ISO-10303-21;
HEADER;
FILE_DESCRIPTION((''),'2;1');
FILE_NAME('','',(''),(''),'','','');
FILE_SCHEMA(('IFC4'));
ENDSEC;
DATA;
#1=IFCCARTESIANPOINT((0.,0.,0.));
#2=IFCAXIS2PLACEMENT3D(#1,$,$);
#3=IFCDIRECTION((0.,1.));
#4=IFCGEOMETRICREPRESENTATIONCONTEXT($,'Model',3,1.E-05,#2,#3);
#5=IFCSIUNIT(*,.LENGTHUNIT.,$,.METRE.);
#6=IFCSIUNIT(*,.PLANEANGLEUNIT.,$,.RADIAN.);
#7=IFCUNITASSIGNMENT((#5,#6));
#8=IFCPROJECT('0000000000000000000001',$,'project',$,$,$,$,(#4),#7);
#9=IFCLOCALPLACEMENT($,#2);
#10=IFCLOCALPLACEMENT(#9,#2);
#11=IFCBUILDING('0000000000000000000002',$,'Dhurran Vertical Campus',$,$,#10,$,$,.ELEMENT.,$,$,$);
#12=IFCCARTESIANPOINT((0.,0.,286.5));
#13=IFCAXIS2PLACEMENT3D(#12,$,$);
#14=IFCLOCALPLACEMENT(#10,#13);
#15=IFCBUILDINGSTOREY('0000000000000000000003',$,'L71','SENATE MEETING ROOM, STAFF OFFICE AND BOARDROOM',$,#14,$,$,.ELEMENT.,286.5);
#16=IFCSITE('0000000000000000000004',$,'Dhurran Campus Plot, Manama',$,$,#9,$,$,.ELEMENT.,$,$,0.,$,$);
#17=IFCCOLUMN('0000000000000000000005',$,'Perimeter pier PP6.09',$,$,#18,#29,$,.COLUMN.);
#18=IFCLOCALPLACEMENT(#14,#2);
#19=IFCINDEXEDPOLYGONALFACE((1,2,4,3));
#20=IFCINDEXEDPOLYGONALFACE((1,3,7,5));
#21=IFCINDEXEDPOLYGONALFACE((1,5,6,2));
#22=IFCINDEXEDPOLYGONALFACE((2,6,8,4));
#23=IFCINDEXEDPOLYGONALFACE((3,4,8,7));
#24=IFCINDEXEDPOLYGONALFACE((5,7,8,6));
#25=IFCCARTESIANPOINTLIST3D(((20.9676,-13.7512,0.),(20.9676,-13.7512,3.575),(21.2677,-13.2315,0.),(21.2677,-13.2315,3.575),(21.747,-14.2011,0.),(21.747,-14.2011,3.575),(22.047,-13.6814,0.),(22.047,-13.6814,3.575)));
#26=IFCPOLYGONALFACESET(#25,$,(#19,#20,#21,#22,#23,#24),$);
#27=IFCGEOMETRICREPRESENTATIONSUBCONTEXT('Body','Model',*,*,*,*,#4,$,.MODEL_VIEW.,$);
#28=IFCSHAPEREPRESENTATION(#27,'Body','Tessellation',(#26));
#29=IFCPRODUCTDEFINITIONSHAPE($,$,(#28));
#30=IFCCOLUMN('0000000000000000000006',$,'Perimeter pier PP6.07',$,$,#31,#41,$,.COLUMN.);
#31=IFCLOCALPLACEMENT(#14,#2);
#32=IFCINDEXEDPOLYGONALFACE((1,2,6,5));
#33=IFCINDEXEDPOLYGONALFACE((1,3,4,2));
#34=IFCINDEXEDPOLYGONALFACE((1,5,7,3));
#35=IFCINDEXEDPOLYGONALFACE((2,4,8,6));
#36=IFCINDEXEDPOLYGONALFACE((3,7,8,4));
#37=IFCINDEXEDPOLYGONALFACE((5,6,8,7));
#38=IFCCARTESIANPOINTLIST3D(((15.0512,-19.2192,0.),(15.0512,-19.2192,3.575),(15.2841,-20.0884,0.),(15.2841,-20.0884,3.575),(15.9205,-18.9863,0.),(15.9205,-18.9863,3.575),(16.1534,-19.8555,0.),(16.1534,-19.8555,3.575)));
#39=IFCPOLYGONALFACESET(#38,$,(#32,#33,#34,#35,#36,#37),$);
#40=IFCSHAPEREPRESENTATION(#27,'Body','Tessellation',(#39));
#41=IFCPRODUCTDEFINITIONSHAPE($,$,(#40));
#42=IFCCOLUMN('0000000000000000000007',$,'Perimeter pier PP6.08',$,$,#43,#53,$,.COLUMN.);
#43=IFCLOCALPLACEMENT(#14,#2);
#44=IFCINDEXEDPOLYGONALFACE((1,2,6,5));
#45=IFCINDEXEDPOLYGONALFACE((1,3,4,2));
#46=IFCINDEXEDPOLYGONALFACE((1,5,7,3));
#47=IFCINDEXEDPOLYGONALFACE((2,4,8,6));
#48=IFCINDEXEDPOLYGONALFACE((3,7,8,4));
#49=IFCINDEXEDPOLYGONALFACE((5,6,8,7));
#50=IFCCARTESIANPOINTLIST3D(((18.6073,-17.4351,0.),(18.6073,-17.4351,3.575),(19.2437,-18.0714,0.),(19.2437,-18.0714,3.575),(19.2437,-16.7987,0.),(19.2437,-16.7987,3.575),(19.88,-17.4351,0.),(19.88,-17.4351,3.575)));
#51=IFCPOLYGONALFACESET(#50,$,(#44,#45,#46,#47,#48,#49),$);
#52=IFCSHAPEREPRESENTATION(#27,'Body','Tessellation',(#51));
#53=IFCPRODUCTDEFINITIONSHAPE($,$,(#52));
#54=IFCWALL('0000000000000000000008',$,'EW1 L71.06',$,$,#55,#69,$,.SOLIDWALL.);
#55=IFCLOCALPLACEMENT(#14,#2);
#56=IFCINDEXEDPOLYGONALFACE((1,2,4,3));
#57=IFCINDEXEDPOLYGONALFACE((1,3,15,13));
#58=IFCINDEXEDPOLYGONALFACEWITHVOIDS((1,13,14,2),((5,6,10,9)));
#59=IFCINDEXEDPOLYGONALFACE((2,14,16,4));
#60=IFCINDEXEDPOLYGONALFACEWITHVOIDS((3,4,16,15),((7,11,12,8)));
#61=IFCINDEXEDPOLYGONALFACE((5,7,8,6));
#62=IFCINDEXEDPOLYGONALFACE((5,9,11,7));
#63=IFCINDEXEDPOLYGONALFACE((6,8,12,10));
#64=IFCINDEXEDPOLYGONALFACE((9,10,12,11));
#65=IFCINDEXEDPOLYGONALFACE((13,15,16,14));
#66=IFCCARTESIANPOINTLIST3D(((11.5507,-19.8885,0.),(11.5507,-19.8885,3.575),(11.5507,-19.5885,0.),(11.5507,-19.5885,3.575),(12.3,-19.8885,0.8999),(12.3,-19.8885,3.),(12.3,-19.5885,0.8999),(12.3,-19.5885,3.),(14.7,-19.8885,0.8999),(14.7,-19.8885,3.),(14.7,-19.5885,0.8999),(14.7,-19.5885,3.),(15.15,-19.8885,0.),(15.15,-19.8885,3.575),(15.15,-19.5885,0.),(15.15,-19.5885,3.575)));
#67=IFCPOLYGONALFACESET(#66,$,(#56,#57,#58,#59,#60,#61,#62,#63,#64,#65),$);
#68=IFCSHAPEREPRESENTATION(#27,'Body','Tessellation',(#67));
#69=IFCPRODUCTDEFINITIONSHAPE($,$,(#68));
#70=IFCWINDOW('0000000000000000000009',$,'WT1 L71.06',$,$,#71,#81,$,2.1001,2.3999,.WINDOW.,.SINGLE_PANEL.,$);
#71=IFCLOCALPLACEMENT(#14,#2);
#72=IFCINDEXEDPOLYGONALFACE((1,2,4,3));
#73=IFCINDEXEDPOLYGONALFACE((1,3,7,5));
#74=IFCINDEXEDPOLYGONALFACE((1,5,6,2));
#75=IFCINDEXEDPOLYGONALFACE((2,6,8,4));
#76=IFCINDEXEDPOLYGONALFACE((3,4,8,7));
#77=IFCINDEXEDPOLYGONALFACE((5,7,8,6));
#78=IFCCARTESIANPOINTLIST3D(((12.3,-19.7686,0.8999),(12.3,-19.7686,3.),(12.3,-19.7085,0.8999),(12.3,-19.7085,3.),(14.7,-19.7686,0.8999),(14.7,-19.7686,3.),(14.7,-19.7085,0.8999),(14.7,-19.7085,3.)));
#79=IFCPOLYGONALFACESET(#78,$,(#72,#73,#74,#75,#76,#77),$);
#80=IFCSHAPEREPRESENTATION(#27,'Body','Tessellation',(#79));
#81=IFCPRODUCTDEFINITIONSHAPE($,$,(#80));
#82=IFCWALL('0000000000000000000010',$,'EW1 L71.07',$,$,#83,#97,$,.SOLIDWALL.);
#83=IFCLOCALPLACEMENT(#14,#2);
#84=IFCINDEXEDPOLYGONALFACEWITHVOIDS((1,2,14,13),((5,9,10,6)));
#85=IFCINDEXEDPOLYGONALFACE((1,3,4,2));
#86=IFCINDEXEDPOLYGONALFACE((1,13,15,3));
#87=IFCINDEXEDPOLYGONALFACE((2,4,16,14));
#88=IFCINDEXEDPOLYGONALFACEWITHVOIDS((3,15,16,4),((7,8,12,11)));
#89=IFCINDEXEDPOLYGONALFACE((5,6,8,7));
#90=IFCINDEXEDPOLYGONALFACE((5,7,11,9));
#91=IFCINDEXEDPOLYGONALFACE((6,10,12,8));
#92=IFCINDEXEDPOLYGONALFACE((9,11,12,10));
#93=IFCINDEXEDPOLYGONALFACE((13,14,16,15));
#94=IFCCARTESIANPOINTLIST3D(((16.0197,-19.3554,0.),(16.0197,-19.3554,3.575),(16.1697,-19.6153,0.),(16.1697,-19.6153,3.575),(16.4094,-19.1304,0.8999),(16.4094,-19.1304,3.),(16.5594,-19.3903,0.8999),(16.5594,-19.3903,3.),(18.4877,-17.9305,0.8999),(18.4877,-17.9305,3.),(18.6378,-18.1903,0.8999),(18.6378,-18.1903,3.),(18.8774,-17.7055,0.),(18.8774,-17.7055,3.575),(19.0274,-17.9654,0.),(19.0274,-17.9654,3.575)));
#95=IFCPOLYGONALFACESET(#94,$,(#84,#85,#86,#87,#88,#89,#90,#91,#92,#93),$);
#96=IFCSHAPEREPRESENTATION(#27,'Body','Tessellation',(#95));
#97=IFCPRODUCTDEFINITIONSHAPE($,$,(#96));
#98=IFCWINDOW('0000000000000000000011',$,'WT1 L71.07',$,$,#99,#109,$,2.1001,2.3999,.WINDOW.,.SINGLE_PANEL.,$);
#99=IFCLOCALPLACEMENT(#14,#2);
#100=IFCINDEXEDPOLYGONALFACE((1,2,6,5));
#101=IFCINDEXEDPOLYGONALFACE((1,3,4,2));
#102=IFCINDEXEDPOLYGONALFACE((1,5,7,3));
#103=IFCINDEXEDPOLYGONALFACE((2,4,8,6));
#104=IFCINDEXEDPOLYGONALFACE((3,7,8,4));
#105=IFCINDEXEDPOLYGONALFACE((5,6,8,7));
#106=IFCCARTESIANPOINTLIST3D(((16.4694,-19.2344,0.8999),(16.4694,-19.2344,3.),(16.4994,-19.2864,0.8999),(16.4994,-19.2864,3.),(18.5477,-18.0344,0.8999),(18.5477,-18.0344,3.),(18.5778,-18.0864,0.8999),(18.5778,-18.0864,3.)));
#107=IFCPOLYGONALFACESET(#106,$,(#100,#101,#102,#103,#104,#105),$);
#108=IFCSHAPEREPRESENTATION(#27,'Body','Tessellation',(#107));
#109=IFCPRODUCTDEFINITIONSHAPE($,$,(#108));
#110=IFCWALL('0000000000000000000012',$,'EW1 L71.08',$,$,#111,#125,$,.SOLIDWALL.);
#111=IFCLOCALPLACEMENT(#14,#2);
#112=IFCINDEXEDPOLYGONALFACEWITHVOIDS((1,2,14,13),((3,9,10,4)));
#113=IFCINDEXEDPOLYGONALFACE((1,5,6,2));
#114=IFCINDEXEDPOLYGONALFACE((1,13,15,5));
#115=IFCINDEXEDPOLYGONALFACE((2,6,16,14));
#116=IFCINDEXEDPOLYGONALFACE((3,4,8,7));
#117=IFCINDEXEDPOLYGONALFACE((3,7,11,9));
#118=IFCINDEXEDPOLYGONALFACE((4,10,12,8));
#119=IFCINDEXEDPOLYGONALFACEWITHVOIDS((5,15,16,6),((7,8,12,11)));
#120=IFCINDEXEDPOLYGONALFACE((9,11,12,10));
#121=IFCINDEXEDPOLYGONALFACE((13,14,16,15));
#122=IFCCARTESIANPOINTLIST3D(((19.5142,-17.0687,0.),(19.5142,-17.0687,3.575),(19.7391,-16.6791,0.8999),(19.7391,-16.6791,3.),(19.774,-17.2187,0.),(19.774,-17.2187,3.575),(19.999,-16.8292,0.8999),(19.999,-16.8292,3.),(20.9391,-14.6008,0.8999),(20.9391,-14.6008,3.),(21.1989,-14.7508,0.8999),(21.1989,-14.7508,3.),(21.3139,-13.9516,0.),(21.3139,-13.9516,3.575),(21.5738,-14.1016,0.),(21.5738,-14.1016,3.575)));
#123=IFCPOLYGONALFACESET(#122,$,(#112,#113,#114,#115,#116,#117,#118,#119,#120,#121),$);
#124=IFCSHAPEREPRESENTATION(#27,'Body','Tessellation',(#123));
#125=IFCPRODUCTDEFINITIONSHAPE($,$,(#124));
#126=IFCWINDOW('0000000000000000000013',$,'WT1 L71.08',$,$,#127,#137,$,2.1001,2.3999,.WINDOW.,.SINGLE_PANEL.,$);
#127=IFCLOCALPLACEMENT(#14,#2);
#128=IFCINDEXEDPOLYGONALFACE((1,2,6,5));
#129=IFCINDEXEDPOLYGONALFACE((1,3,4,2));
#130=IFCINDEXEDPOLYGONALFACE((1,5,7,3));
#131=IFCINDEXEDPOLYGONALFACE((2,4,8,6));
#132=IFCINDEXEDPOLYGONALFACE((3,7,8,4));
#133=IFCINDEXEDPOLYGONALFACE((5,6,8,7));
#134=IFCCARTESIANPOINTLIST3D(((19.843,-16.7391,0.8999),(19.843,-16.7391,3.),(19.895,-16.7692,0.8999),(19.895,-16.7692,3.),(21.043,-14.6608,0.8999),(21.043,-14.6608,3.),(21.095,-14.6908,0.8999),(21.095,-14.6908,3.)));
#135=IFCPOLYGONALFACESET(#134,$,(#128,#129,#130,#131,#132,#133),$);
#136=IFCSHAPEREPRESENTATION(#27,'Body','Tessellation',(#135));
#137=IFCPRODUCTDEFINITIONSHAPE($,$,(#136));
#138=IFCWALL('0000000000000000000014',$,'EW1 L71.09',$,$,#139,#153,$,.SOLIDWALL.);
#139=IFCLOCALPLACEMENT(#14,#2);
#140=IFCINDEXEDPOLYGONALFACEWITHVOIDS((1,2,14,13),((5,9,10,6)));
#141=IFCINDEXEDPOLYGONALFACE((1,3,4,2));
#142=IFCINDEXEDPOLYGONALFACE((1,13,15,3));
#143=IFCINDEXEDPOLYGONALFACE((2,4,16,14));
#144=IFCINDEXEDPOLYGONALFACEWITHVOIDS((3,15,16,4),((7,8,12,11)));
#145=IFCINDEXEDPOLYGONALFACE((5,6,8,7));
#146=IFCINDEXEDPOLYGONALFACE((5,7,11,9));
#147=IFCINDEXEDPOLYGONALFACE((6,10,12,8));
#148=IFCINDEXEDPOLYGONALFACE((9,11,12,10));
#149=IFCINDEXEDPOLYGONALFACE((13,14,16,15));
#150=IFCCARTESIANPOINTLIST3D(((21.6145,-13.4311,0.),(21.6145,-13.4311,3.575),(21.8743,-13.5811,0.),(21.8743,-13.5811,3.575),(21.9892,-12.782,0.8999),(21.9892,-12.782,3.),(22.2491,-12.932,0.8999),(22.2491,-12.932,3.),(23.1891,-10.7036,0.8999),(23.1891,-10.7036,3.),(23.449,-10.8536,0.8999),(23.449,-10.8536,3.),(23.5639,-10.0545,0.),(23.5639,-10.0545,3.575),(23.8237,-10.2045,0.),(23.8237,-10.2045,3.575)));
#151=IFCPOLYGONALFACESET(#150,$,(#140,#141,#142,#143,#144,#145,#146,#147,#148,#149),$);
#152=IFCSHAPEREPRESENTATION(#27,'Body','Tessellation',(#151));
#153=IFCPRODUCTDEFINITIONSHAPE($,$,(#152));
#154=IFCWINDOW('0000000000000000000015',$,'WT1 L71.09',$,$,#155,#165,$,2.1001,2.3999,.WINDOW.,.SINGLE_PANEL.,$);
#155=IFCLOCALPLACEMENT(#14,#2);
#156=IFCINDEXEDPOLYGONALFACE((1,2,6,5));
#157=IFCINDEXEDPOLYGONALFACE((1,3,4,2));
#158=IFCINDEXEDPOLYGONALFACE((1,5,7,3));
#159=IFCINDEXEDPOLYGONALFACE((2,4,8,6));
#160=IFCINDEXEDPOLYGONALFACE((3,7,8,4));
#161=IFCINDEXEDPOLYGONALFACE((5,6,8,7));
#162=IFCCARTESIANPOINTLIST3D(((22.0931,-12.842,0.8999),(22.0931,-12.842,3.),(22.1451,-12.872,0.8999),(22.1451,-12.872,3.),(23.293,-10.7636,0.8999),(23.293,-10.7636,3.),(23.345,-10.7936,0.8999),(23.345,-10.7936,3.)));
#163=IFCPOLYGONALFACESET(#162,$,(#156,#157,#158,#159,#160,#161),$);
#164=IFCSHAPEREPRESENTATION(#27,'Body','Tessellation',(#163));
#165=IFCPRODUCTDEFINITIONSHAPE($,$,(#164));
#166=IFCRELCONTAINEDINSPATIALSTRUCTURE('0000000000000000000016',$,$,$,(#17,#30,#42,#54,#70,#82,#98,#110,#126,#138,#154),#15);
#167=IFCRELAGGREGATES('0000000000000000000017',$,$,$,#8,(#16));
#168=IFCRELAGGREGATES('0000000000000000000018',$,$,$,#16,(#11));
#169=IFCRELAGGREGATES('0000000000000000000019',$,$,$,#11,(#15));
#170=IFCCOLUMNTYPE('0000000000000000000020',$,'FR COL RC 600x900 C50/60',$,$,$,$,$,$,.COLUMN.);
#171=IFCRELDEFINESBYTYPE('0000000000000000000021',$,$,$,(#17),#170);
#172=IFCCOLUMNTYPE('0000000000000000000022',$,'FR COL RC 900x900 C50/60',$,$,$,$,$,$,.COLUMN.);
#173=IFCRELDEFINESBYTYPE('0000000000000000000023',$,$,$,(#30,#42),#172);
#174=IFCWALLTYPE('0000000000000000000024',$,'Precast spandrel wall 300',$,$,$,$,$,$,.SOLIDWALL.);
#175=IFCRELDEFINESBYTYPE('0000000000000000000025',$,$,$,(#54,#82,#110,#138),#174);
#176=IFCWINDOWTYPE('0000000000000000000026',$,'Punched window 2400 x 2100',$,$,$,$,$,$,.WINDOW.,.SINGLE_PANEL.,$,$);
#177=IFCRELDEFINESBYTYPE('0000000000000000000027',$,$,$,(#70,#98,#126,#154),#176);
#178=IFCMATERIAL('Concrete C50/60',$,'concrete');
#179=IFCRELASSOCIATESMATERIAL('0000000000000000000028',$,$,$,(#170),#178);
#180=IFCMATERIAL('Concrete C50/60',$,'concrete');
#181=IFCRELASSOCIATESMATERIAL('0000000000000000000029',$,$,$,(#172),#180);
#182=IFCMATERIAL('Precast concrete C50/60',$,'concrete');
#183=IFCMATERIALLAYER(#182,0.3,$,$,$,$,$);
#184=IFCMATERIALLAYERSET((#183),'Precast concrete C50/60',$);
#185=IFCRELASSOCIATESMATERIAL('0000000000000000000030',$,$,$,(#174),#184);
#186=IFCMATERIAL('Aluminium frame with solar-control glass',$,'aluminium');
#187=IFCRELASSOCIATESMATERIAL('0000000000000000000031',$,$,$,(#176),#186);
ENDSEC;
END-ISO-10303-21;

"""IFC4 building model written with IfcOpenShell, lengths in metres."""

from ifc_helpers import new_model, si_unit, direction, frame, frame_2d, origin, origin_2d, place, context, subcontext, project, spatial, rectangle, extrude, material, layer, layer_set, material_profile, profile_set, type_object, element, fill, save


model = new_model("IFC4")

# Units and contexts
model_context = context("Model", 3, precision=1e-05, world=origin(), true_north=direction((0.0, 1.0)))
body_context = subcontext(model_context, "Body", "Model", "MODEL_VIEW")
ifc_project = project(units=[si_unit("LENGTHUNIT", "METRE"), si_unit("PLANEANGLEUNIT", "RADIAN")], contexts=[model_context])

# Site, building, storey
site_placement = place(None, origin())
site = spatial("IfcSite", under=ifc_project, at=site_placement, Name="Dhurran Campus Plot, Manama", CompositionType="ELEMENT", RefElevation=0.0)
building_placement = place(site_placement, origin())
building = spatial("IfcBuilding", under=site, at=building_placement, Name="Dhurran Vertical Campus", CompositionType="ELEMENT")
storey_placement = place(building_placement, frame((0.0, 0.0, 286.5)))
storey = spatial("IfcBuildingStorey", under=building, at=storey_placement, Name="L71", Description="SENATE MEETING ROOM, STAFF OFFICE AND BOARDROOM", CompositionType="ELEMENT", Elevation=286.5)

# Columns
ifc_material_1 = material(Name="Concrete C50/60", Category="concrete")
ifc_material_profile_1 = material_profile(ifc_material_1, rectangle(XDim=0.6001, YDim=0.8999, at=origin_2d()), Name="RC 600x900")
ifc_profile_set_1 = profile_set([ifc_material_profile_1], Name="Concrete C50/60")
column_type_1 = type_object("IfcColumnType", Name="FR COL RC 600x900 C50/60", PredefinedType="COLUMN", material=ifc_profile_set_1)
column_placement = place(storey_placement, frame((21.5073, -13.7163, 0.0), z_axis=(0.0, 0.0, 1.0), x_axis=(0.5, 0.866025, 0.0)))
element("IfcColumn", 1, at=column_placement, inside=storey, type_object=column_type_1, Name="Perimeter pier PP6.09", PredefinedType="COLUMN", context=body_context, shape_type="SweptSolid", body=[
    extrude(rectangle(XDim=0.6001, YDim=0.8999, at=origin_2d()), origin(), (0.0, 0.0, 1.0), 3.575),
])
ifc_material_2 = material(Name="Concrete C50/60", Category="concrete")
ifc_material_profile_2 = material_profile(ifc_material_2, rectangle(XDim=0.8999, YDim=0.8999, at=origin_2d()), Name="RC 900x900")
ifc_profile_set_2 = profile_set([ifc_material_profile_2], Name="Concrete C50/60")
column_type_2 = type_object("IfcColumnType", Name="FR COL RC 900x900 C50/60", PredefinedType="COLUMN", material=ifc_profile_set_2)
for number, where, z_axis, x_axis, name in (
    (2, (15.6023, -19.5374, 0.0), (0.0, 0.0, 1.0), (0.965926, 0.258819, 0.0), "Perimeter pier PP6.07"),
    (3, (19.2437, -17.4351, 0.0), (0.0, 0.0, 1.0), (0.707107, 0.707107, 0.0), "Perimeter pier PP6.08"),
):
    element("IfcColumn", number, at=place(storey_placement, frame(where, z_axis=z_axis, x_axis=x_axis)), inside=storey, type_object=column_type_2, Name=name, PredefinedType="COLUMN", context=body_context, shape_type="SweptSolid", body=[
        extrude(rectangle(XDim=0.8999, YDim=0.8999, at=origin_2d()), origin(), (0.0, 0.0, 1.0), 3.575),
    ])

# Walls, openings, windows
ifc_material_3 = material(Name="Precast concrete C50/60", Category="concrete")
ifc_layer_1 = layer(ifc_material_3, 0.3)
ifc_layer_set_1 = layer_set([ifc_layer_1], Name="Precast concrete C50/60")
wall_type_1 = type_object("IfcWallType", Name="Precast spandrel wall 300", PredefinedType="SOLIDWALL", material=ifc_layer_set_1)
wall_1_placement = place(storey_placement, frame((11.5505, -19.7385, 0.0), z_axis=(0.0, 0.0, 1.0), x_axis=(1.0, 0.0, 0.0)))
wall_1 = element("IfcWall", 4, at=wall_1_placement, inside=storey, type_object=wall_type_1, Name="EW1 L71.06", PredefinedType="SOLIDWALL", context=body_context, shape_type="SweptSolid", body=[
    extrude(rectangle(XDim=3.5994, YDim=0.3, at=frame_2d((1.7998, 0.0))), origin(), (0.0, 0.0, 1.0), 3.575),
])
opening_1_placement = place(wall_1_placement, frame((0.7495, 0.0, 0.8999)))
opening_1 = element("IfcOpeningElement", 5, at=opening_1_placement, cuts=wall_1, PredefinedType="OPENING", context=body_context, shape_type="SweptSolid", body=[
    extrude(rectangle(XDim=2.3999, YDim=2.1001, at=frame_2d((1.2, 1.05))), frame((0.0, 0.1599, 0.0), z_axis=(0.0, -1.0, 0.0), x_axis=(1.0, 0.0, 0.0)), (0.0, 0.0, 1.0), 0.3201),
])
ifc_material_4 = material(Name="Aluminium frame with solar-control glass", Category="aluminium")
window_type = type_object("IfcWindowType", Name="Punched window 2400 x 2100", PartitioningType="SINGLE_PANEL", PredefinedType="WINDOW", material=ifc_material_4)
window_1_placement = place(opening_1_placement, origin())
window_1 = element("IfcWindow", 6, at=window_1_placement, inside=storey, type_object=window_type, Name="WT1 L71.06", OverallHeight=2.1001, OverallWidth=2.3999, PartitioningType="SINGLE_PANEL", PredefinedType="WINDOW", context=body_context, shape_type="SweptSolid", body=[
    extrude(rectangle(XDim=2.3999, YDim=2.1001, at=frame_2d((1.2, 1.05))), frame((0.0, 0.03, 0.0), z_axis=(0.0, -1.0, 0.0), x_axis=(1.0, 0.0, 0.0)), (0.0, 0.0, 1.0), 0.0601),
])
fill(opening_1, window_1)
wall_2_placement = place(storey_placement, frame((16.0947, -19.4854, 0.0), z_axis=(0.0, 0.0, 1.0), x_axis=(0.866022, 0.500006, 0.0)))
wall_2 = element("IfcWall", 7, at=wall_2_placement, inside=storey, type_object=wall_type_1, Name="EW1 L71.07", PredefinedType="SOLIDWALL", context=body_context, shape_type="SweptSolid", body=[
    extrude(rectangle(XDim=3.2998, YDim=0.3, at=frame_2d((1.6499, 0.0))), origin(), (0.0, 0.0, 1.0), 3.575),
])
opening_2_placement = place(wall_2_placement, frame((0.45, 0.0, 0.8999)))
opening_2 = element("IfcOpeningElement", 8, at=opening_2_placement, cuts=wall_2, PredefinedType="OPENING", context=body_context, shape_type="SweptSolid", body=[
    extrude(rectangle(XDim=2.3999, YDim=2.1001, at=frame_2d((1.2, 1.05))), frame((0.0, 0.1599, 0.0), z_axis=(0.0, -1.0, 0.0), x_axis=(1.0, 0.0, 0.0)), (0.0, 0.0, 1.0), 0.3201),
])
window_2_placement = place(opening_2_placement, origin())
window_2 = element("IfcWindow", 9, at=window_2_placement, inside=storey, type_object=window_type, Name="WT1 L71.07", OverallHeight=2.1001, OverallWidth=2.3999, PartitioningType="SINGLE_PANEL", PredefinedType="WINDOW", context=body_context, shape_type="SweptSolid", body=[
    extrude(rectangle(XDim=2.3999, YDim=2.1001, at=frame_2d((1.2, 1.05))), frame((0.0, 0.03, 0.0), z_axis=(0.0, -1.0, 0.0), x_axis=(1.0, 0.0, 0.0)), (0.0, 0.0, 1.0), 0.0601),
])
fill(opening_2, window_2)
wall_3_placement = place(storey_placement, frame((19.644, -17.1438, 0.0), z_axis=(0.0, 0.0, 1.0), x_axis=(0.50002, 0.866014, 0.0)))
wall_3 = element("IfcWall", 10, at=wall_3_placement, inside=storey, type_object=wall_type_1, Name="EW1 L71.08", PredefinedType="SOLIDWALL", context=body_context, shape_type="SweptSolid", body=[
    extrude(rectangle(XDim=3.5994, YDim=0.3, at=frame_2d((1.7998, 0.0))), origin(), (0.0, 0.0, 1.0), 3.575),
])
opening_3_placement = place(wall_3_placement, frame((0.45, 0.0, 0.8999)))
opening_3 = element("IfcOpeningElement", 11, at=opening_3_placement, cuts=wall_3, PredefinedType="OPENING", context=body_context, shape_type="SweptSolid", body=[
    extrude(rectangle(XDim=2.3999, YDim=2.1001, at=frame_2d((1.2, 1.05))), frame((0.0, 0.1599, 0.0), z_axis=(0.0, -1.0, 0.0), x_axis=(1.0, 0.0, 0.0)), (0.0, 0.0, 1.0), 0.3201),
])
window_3_placement = place(opening_3_placement, origin())
window_3 = element("IfcWindow", 12, at=window_3_placement, inside=storey, type_object=window_type, Name="WT1 L71.08", OverallHeight=2.1001, OverallWidth=2.3999, PartitioningType="SINGLE_PANEL", PredefinedType="WINDOW", context=body_context, shape_type="SweptSolid", body=[
    extrude(rectangle(XDim=2.3999, YDim=2.1001, at=frame_2d((1.2, 1.05))), frame((0.0, 0.03, 0.0), z_axis=(0.0, -1.0, 0.0), x_axis=(1.0, 0.0, 0.0)), (0.0, 0.0, 1.0), 0.0601),
])
fill(opening_3, window_3)
wall_4_placement = place(storey_placement, frame((21.7444, -13.5061, 0.0), z_axis=(0.0, 0.0, 1.0), x_axis=(0.499984, 0.866034, 0.0)))
wall_4 = element("IfcWall", 13, at=wall_4_placement, inside=storey, type_object=wall_type_1, Name="EW1 L71.09", PredefinedType="SOLIDWALL", context=body_context, shape_type="SweptSolid", body=[
    extrude(rectangle(XDim=3.8989, YDim=0.3, at=frame_2d((1.9495, 0.0))), origin(), (0.0, 0.0, 1.0), 3.575),
])
opening_4_placement = place(wall_4_placement, frame((0.7495, 0.0, 0.8999)))
opening_4 = element("IfcOpeningElement", 14, at=opening_4_placement, cuts=wall_4, PredefinedType="OPENING", context=body_context, shape_type="SweptSolid", body=[
    extrude(rectangle(XDim=2.3999, YDim=2.1001, at=frame_2d((1.2, 1.05))), frame((0.0, 0.1599, 0.0), z_axis=(0.0, -1.0, 0.0), x_axis=(1.0, 0.0, 0.0)), (0.0, 0.0, 1.0), 0.3201),
])
window_4_placement = place(opening_4_placement, origin())
window_4 = element("IfcWindow", 15, at=window_4_placement, inside=storey, type_object=window_type, Name="WT1 L71.09", OverallHeight=2.1001, OverallWidth=2.3999, PartitioningType="SINGLE_PANEL", PredefinedType="WINDOW", context=body_context, shape_type="SweptSolid", body=[
    extrude(rectangle(XDim=2.3999, YDim=2.1001, at=frame_2d((1.2, 1.05))), frame((0.0, 0.03, 0.0), z_axis=(0.0, -1.0, 0.0), x_axis=(1.0, 0.0, 0.0)), (0.0, 0.0, 1.0), 0.0601),
])
fill(opening_4, window_4)

save(model, "model.ifc")
